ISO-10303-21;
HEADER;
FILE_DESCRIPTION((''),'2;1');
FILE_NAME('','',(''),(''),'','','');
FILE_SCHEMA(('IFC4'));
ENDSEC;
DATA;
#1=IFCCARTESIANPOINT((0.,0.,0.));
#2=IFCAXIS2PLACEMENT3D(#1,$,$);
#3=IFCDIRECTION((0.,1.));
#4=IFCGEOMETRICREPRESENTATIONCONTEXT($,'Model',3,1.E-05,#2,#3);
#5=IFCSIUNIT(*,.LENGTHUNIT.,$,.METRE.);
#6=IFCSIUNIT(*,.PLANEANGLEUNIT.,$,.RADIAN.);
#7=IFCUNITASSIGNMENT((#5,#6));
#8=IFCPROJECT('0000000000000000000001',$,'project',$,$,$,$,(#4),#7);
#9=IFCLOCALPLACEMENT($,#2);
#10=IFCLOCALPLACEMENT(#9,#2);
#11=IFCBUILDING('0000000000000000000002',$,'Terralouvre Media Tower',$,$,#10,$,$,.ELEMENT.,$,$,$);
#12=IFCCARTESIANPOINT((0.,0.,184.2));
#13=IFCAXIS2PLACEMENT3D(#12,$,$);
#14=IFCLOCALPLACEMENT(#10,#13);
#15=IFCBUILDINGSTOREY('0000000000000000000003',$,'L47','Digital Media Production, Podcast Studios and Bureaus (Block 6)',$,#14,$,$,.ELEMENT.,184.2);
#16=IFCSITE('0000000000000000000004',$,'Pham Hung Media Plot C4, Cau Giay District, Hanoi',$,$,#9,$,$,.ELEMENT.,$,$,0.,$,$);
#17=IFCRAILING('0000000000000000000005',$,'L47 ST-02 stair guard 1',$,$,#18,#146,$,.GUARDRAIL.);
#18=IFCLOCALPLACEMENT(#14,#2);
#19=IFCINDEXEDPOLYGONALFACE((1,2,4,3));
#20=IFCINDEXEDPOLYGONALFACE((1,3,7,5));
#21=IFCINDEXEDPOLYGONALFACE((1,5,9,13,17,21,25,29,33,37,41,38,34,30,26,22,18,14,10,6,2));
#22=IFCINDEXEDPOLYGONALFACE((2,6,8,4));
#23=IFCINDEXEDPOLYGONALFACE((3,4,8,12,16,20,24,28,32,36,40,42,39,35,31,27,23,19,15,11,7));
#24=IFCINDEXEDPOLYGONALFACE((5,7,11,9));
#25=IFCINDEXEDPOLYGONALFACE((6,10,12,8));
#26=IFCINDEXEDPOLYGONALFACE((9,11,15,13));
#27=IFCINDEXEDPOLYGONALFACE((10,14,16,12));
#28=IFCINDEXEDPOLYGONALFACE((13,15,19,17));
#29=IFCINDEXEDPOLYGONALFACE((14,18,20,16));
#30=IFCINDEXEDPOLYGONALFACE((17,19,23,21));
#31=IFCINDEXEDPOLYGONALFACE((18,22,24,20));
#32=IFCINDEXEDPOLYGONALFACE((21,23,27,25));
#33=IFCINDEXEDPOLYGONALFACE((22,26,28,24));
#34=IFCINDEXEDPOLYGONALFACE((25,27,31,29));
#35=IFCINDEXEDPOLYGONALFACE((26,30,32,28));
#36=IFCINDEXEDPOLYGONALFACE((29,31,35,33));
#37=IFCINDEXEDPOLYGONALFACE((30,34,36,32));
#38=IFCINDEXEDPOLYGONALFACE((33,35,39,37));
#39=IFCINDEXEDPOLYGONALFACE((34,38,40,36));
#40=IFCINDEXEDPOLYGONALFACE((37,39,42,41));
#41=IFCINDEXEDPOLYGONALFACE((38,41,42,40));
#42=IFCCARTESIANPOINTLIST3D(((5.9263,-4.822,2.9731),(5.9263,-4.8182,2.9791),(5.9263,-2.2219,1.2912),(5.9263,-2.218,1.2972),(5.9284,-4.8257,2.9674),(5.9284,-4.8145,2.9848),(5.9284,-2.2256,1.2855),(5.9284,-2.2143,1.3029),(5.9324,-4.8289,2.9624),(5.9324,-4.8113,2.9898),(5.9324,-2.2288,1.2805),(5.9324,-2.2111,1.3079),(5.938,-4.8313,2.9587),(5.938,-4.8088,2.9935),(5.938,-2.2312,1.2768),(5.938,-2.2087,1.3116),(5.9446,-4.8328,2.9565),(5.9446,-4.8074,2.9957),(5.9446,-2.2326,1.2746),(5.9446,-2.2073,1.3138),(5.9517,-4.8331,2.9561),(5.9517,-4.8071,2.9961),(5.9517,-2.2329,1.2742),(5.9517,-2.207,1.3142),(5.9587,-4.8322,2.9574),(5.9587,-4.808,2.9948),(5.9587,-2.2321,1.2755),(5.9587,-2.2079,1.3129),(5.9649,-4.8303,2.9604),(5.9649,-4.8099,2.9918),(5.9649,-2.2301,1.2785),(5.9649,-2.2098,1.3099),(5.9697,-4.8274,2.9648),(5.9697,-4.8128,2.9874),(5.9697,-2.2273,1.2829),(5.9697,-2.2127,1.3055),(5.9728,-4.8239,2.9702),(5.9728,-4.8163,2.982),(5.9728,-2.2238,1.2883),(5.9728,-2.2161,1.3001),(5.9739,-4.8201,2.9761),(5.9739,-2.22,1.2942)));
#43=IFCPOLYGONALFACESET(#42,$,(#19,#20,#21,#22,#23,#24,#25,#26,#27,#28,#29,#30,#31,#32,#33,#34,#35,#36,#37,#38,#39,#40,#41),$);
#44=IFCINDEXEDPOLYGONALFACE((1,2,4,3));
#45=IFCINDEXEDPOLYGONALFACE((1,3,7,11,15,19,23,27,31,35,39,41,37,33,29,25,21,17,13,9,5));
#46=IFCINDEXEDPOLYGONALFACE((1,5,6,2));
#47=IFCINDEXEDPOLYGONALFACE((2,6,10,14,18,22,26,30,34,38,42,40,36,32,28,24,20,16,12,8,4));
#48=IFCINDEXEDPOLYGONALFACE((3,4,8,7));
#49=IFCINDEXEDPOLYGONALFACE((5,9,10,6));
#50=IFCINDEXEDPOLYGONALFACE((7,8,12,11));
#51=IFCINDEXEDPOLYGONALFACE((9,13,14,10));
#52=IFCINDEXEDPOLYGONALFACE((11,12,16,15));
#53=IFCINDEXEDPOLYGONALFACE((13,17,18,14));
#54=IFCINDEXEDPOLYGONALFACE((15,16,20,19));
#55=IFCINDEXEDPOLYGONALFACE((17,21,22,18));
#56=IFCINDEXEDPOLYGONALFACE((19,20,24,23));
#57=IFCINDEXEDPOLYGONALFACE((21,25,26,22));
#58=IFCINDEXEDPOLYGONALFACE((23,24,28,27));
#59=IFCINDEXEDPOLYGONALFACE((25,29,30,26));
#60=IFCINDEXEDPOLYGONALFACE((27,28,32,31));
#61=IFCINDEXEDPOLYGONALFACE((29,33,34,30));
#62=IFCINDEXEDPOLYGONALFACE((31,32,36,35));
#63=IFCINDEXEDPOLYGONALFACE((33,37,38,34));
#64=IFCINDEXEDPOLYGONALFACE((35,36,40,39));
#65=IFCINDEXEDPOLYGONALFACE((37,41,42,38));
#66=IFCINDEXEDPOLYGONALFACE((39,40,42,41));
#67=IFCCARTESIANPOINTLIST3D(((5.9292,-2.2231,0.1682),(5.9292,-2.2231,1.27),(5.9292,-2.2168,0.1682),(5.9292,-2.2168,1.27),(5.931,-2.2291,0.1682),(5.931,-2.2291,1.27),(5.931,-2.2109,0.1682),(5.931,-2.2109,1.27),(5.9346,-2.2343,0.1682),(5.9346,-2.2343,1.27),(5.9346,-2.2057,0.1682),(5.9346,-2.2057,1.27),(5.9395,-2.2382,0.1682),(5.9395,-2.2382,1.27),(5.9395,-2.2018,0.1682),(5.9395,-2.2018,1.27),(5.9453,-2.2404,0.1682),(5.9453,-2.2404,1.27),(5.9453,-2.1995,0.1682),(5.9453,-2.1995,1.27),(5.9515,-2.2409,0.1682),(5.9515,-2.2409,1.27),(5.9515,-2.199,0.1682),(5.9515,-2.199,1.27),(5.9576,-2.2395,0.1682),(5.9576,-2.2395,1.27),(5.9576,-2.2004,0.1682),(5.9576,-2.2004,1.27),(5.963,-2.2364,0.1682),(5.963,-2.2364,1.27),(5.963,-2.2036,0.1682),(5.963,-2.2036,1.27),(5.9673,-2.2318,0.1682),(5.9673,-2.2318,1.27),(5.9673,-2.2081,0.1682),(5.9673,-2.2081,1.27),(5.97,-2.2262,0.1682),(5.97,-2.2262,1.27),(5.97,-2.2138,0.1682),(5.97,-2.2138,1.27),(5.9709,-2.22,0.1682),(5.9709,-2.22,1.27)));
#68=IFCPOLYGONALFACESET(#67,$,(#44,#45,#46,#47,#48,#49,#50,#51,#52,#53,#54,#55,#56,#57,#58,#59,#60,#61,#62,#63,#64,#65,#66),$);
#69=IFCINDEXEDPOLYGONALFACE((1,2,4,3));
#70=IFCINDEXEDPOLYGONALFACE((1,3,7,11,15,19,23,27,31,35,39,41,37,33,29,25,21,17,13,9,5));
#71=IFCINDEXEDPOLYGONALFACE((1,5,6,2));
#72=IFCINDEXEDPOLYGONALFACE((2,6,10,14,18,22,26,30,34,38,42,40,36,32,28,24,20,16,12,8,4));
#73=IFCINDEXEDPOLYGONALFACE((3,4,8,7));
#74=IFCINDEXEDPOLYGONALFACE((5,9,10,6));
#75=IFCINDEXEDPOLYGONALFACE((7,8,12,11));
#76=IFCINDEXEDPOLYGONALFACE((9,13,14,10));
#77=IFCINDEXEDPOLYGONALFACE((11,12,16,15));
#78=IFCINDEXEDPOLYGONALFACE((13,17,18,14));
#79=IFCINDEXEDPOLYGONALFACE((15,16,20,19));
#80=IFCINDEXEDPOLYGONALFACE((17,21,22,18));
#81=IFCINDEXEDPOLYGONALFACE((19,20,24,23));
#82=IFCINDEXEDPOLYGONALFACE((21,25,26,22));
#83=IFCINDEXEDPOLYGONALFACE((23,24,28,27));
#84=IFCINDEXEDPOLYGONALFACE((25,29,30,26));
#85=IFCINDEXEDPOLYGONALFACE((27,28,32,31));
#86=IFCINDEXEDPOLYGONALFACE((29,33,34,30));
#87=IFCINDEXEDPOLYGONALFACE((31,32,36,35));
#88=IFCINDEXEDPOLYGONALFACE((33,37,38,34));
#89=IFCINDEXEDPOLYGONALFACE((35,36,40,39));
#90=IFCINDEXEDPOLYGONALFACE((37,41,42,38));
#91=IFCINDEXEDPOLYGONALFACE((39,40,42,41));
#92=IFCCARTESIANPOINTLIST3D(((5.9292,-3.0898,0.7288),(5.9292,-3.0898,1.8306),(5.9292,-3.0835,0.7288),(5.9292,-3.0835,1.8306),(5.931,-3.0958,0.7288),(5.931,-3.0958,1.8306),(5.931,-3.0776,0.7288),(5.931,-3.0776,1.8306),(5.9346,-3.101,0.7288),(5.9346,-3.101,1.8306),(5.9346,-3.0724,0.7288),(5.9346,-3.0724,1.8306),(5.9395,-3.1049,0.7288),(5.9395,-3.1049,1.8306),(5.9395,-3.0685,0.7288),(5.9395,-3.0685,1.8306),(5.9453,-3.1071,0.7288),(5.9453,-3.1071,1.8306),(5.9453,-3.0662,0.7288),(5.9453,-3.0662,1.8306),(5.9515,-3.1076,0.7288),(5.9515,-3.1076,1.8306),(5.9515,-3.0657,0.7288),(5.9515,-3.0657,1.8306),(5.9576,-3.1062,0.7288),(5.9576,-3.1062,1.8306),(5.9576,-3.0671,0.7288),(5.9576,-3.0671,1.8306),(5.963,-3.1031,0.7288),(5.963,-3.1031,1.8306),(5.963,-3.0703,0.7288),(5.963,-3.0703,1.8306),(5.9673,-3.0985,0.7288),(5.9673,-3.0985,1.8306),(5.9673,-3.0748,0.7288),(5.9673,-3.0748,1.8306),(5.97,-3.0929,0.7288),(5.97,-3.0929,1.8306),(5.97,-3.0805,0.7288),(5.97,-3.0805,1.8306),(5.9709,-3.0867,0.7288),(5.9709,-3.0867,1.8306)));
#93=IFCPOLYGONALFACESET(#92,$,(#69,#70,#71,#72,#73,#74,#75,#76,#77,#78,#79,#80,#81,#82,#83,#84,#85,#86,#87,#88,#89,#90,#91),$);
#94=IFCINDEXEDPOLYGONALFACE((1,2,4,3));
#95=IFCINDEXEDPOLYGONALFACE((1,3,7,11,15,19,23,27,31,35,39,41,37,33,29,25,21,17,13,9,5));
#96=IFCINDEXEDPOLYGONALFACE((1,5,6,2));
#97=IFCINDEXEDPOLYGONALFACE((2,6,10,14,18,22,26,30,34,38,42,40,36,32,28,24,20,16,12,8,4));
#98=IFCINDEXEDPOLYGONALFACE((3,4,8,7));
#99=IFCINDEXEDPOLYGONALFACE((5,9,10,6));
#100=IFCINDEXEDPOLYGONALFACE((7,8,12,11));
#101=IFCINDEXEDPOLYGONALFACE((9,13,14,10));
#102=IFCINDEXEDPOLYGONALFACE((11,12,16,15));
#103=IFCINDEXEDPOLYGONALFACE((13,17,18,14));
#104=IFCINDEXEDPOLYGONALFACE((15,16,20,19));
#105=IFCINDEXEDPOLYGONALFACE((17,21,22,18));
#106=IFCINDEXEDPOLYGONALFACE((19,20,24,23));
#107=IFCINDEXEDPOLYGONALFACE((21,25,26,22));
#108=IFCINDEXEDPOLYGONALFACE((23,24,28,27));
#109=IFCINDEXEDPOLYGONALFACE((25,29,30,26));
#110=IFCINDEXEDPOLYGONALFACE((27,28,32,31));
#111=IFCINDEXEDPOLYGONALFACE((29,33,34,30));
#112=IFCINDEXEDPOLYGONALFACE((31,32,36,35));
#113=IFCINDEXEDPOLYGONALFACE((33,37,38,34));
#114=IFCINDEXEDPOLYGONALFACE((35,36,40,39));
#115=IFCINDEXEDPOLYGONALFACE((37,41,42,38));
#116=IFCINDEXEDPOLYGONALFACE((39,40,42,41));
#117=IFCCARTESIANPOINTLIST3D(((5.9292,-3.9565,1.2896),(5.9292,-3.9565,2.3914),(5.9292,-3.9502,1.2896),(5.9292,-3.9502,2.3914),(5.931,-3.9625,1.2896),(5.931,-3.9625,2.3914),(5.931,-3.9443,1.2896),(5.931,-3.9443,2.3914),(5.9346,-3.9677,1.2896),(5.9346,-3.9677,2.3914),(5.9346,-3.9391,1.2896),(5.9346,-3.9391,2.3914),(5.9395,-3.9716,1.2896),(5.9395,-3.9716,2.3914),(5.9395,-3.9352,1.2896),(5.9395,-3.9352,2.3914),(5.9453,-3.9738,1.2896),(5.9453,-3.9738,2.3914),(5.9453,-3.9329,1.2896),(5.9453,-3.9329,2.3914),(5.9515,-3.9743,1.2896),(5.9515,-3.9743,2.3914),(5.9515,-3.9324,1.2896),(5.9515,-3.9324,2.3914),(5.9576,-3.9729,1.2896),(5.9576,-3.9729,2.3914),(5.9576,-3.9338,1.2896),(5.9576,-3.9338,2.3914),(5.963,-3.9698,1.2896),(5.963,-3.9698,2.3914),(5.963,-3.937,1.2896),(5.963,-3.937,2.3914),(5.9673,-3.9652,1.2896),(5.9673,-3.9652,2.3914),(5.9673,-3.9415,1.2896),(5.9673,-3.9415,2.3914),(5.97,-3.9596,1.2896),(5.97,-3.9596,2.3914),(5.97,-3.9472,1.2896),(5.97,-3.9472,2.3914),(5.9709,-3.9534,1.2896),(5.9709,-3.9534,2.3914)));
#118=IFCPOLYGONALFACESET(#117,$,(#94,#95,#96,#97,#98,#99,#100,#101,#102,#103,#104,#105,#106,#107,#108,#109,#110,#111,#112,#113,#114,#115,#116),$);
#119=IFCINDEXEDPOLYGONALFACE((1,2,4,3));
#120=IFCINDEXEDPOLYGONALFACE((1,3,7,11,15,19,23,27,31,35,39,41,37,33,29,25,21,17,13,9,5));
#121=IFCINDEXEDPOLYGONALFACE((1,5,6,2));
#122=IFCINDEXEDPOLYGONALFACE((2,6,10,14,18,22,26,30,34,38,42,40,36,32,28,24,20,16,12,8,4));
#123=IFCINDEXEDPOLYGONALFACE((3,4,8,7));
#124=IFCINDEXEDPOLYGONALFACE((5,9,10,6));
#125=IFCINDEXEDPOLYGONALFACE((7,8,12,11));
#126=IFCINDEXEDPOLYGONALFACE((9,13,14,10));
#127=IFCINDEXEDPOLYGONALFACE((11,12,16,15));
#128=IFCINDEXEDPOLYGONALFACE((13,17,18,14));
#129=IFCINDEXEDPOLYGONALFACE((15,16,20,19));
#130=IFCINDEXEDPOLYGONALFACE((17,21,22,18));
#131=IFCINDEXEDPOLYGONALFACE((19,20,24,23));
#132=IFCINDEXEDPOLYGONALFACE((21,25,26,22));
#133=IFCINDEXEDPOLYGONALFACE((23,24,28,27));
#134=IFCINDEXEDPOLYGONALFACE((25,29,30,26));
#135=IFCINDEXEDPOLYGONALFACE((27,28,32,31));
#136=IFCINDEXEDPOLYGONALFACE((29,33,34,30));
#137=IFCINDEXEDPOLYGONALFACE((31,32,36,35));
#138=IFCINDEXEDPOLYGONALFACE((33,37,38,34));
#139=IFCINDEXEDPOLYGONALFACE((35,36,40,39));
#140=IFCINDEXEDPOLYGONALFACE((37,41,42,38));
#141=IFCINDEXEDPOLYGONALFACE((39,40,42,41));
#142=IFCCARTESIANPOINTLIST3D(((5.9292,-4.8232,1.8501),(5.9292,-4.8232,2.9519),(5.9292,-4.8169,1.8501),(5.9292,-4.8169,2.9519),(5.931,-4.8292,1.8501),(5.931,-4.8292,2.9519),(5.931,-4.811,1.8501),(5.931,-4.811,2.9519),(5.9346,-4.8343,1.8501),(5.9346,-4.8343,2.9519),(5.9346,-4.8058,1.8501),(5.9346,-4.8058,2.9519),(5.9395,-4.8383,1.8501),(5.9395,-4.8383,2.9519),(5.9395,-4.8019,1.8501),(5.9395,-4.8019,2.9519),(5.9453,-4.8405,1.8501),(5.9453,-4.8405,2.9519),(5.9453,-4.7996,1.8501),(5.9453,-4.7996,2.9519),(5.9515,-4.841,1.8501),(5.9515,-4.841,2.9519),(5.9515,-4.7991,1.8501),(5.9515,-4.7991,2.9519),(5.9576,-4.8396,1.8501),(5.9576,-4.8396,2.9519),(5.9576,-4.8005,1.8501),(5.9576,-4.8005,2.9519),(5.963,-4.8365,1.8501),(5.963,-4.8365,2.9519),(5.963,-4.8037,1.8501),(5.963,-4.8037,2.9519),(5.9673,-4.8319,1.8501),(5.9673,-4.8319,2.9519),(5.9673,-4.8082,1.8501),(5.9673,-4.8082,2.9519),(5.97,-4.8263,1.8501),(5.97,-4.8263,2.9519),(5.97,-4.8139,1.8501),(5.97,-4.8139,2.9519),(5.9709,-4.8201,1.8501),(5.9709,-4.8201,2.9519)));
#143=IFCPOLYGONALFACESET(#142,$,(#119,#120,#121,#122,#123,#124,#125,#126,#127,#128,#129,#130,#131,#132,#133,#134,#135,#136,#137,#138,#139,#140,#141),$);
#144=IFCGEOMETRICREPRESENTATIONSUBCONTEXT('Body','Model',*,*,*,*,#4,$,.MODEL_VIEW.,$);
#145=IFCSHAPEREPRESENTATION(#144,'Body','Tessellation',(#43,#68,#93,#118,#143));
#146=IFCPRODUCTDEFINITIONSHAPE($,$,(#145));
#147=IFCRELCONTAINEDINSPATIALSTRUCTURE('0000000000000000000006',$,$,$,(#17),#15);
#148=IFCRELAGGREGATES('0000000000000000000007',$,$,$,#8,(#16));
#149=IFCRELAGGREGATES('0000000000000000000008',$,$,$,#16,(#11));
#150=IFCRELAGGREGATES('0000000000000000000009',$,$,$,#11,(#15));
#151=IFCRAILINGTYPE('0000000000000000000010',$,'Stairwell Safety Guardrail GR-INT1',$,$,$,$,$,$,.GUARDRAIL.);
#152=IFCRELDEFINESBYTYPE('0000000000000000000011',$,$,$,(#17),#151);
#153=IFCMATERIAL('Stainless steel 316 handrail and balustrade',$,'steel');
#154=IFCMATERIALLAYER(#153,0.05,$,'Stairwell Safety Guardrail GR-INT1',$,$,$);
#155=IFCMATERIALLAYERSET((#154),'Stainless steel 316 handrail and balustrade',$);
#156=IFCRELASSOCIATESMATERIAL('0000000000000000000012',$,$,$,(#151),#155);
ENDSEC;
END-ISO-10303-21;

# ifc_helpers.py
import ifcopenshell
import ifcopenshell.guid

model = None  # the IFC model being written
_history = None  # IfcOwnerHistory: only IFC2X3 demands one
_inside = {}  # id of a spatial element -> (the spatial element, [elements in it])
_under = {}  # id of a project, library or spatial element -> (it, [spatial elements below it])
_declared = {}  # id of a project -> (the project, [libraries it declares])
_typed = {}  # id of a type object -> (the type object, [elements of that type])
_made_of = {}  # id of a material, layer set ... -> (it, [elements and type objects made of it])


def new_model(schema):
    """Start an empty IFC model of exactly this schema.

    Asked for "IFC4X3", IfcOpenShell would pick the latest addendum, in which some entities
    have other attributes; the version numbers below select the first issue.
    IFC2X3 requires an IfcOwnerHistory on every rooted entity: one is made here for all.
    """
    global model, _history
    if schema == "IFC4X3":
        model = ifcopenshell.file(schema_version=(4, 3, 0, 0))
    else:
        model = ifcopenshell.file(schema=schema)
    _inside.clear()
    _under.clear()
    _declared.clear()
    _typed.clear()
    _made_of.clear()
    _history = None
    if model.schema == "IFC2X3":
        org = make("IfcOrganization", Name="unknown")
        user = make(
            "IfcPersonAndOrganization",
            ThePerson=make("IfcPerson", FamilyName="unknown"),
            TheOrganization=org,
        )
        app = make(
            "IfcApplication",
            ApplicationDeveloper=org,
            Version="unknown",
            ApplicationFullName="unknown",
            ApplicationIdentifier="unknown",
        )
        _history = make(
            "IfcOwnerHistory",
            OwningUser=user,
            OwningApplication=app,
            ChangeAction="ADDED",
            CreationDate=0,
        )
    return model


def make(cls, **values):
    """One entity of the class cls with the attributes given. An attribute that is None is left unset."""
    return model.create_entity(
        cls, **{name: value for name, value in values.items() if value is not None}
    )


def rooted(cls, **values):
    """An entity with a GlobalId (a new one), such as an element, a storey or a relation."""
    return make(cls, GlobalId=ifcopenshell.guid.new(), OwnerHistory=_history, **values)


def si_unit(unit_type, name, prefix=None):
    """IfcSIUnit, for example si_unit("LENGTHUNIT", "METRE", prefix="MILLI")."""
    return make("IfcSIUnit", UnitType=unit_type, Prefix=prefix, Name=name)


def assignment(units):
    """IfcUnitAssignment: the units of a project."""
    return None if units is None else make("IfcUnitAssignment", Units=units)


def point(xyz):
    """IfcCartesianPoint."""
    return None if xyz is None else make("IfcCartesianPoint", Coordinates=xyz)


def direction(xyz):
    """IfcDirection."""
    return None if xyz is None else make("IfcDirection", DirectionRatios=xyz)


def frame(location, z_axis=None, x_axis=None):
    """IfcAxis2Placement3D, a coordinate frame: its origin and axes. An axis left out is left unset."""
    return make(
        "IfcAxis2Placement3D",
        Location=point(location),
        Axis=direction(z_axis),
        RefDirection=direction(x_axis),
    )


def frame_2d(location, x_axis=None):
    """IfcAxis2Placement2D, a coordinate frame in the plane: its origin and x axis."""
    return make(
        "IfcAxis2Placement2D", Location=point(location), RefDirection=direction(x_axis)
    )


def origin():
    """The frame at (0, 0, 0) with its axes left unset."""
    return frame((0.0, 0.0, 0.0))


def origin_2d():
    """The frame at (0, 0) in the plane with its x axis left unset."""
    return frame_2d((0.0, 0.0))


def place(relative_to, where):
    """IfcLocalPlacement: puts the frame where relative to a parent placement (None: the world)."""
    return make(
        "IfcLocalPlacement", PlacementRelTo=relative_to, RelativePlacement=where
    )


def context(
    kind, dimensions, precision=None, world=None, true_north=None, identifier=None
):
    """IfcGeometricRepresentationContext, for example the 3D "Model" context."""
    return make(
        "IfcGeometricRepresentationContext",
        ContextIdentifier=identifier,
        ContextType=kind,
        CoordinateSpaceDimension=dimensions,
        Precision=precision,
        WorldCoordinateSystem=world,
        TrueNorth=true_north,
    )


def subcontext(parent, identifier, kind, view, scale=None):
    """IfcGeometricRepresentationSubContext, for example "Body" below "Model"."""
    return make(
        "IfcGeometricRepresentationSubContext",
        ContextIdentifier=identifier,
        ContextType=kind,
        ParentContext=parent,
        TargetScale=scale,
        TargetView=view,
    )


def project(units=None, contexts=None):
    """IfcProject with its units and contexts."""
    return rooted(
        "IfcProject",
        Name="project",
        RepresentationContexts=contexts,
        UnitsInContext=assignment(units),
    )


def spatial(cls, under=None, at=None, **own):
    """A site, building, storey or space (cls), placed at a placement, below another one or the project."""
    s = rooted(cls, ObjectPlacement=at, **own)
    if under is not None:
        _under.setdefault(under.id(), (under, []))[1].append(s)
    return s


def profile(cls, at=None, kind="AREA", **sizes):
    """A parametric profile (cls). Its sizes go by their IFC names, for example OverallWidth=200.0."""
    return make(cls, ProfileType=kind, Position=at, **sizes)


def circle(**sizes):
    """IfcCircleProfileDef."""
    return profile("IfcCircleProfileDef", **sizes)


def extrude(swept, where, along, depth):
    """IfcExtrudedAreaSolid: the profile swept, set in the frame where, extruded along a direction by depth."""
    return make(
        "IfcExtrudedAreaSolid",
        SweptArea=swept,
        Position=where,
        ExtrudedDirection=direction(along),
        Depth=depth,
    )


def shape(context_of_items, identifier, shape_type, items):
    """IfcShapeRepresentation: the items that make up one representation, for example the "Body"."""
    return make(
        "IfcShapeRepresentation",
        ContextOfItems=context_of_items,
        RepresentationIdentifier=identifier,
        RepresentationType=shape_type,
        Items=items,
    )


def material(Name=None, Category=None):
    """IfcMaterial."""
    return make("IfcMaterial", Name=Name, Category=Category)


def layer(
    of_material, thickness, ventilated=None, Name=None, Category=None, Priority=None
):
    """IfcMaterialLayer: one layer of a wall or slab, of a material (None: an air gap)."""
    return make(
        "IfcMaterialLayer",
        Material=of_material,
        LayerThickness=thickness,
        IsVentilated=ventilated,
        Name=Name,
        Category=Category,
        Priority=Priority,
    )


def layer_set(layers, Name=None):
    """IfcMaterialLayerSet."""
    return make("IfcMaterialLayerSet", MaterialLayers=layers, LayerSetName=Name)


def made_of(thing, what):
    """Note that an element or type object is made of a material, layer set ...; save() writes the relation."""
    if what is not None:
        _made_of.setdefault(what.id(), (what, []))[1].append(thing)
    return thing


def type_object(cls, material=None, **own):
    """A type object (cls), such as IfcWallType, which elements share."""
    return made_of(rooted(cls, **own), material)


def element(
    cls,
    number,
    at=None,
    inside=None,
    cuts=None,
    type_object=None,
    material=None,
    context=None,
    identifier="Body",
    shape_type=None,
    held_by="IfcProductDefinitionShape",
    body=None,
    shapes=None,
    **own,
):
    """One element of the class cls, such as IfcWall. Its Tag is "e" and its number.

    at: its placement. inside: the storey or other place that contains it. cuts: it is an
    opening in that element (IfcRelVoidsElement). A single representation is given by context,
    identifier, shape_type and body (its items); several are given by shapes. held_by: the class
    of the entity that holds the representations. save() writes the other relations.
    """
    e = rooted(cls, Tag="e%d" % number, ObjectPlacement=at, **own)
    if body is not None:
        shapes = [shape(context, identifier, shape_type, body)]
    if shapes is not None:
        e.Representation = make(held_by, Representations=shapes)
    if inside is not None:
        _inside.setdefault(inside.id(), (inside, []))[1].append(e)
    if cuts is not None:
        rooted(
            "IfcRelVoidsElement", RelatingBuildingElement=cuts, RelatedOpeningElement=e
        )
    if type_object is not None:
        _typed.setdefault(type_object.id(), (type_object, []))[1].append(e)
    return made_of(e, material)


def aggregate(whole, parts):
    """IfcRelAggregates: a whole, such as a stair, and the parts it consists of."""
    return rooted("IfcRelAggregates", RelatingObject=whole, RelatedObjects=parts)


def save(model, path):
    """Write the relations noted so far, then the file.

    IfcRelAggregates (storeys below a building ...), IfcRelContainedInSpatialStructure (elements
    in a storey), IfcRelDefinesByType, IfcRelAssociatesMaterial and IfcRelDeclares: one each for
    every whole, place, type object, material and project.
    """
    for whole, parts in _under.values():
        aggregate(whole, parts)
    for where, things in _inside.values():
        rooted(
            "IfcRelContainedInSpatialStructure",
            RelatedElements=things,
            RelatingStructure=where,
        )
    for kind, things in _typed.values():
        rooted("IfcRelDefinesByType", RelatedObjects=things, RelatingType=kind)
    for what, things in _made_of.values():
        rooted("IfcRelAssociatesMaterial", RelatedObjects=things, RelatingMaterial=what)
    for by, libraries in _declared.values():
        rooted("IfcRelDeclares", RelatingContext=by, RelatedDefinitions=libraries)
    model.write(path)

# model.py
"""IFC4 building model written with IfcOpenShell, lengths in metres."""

from ifc_helpers import new_model, si_unit, direction, frame, origin, origin_2d, place, context, subcontext, project, spatial, circle, extrude, material, layer, layer_set, type_object, element, save


model = new_model("IFC4")

# Units and contexts
model_context = context("Model", 3, precision=1e-05, world=origin(), true_north=direction((0.0, 1.0)))
body_context = subcontext(model_context, "Body", "Model", "MODEL_VIEW")
ifc_project = project(units=[si_unit("LENGTHUNIT", "METRE"), si_unit("PLANEANGLEUNIT", "RADIAN")], contexts=[model_context])

# Site, building, storey
site_placement = place(None, origin())
site = spatial("IfcSite", under=ifc_project, at=site_placement, Name="Pham Hung Media Plot C4, Cau Giay District, Hanoi", CompositionType="ELEMENT", RefElevation=0.0)
building_placement = place(site_placement, origin())
building = spatial("IfcBuilding", under=site, at=building_placement, Name="Terralouvre Media Tower", CompositionType="ELEMENT")
storey_placement = place(building_placement, frame((0.0, 0.0, 184.2)))
storey = spatial("IfcBuildingStorey", under=building, at=storey_placement, Name="L47", Description="Digital Media Production, Podcast Studios and Bureaus (Block 6)", CompositionType="ELEMENT", Elevation=184.2)

# Railing
ifc_material_1 = material(Name="Stainless steel 316 handrail and balustrade", Category="steel")
ifc_layer_1 = layer(ifc_material_1, 0.05, Name="Stairwell Safety Guardrail GR-INT1")
ifc_layer_set_1 = layer_set([ifc_layer_1], Name="Stainless steel 316 handrail and balustrade")
railing_type_1 = type_object("IfcRailingType", Name="Stairwell Safety Guardrail GR-INT1", PredefinedType="GUARDRAIL", material=ifc_layer_set_1)
railing_1_placement = place(storey_placement, frame((5.95, -2.22, 0.1682)))
element("IfcRailing", 1, at=railing_1_placement, inside=storey, type_object=railing_type_1, Name="L47 ST-02 stair guard 1", PredefinedType="GUARDRAIL", context=body_context, shape_type="SweptSolid", body=[
    extrude(circle(Radius=0.0239, at=origin_2d()), frame((0.0, 0.0, 1.126), z_axis=(0.0, -0.839648, 0.54313), x_axis=(1.0, 0.0, 0.0)), (0.0, 0.0, 1.0), 3.0967),
    extrude(circle(Radius=0.021, at=origin_2d()), origin(), (0.0, 0.0, 1.0), 1.1018),
    extrude(circle(Radius=0.021, at=origin_2d()), frame((0.0, -0.8667, 0.5605)), (0.0, 0.0, 1.0), 1.1018),
    extrude(circle(Radius=0.021, at=origin_2d()), frame((0.0, -1.7334, 1.1213)), (0.0, 0.0, 1.0), 1.1018),
    extrude(circle(Radius=0.021, at=origin_2d()), frame((0.0, -2.6001, 1.6819)), (0.0, 0.0, 1.0), 1.1018),
])

save(model, "model.ifc")
